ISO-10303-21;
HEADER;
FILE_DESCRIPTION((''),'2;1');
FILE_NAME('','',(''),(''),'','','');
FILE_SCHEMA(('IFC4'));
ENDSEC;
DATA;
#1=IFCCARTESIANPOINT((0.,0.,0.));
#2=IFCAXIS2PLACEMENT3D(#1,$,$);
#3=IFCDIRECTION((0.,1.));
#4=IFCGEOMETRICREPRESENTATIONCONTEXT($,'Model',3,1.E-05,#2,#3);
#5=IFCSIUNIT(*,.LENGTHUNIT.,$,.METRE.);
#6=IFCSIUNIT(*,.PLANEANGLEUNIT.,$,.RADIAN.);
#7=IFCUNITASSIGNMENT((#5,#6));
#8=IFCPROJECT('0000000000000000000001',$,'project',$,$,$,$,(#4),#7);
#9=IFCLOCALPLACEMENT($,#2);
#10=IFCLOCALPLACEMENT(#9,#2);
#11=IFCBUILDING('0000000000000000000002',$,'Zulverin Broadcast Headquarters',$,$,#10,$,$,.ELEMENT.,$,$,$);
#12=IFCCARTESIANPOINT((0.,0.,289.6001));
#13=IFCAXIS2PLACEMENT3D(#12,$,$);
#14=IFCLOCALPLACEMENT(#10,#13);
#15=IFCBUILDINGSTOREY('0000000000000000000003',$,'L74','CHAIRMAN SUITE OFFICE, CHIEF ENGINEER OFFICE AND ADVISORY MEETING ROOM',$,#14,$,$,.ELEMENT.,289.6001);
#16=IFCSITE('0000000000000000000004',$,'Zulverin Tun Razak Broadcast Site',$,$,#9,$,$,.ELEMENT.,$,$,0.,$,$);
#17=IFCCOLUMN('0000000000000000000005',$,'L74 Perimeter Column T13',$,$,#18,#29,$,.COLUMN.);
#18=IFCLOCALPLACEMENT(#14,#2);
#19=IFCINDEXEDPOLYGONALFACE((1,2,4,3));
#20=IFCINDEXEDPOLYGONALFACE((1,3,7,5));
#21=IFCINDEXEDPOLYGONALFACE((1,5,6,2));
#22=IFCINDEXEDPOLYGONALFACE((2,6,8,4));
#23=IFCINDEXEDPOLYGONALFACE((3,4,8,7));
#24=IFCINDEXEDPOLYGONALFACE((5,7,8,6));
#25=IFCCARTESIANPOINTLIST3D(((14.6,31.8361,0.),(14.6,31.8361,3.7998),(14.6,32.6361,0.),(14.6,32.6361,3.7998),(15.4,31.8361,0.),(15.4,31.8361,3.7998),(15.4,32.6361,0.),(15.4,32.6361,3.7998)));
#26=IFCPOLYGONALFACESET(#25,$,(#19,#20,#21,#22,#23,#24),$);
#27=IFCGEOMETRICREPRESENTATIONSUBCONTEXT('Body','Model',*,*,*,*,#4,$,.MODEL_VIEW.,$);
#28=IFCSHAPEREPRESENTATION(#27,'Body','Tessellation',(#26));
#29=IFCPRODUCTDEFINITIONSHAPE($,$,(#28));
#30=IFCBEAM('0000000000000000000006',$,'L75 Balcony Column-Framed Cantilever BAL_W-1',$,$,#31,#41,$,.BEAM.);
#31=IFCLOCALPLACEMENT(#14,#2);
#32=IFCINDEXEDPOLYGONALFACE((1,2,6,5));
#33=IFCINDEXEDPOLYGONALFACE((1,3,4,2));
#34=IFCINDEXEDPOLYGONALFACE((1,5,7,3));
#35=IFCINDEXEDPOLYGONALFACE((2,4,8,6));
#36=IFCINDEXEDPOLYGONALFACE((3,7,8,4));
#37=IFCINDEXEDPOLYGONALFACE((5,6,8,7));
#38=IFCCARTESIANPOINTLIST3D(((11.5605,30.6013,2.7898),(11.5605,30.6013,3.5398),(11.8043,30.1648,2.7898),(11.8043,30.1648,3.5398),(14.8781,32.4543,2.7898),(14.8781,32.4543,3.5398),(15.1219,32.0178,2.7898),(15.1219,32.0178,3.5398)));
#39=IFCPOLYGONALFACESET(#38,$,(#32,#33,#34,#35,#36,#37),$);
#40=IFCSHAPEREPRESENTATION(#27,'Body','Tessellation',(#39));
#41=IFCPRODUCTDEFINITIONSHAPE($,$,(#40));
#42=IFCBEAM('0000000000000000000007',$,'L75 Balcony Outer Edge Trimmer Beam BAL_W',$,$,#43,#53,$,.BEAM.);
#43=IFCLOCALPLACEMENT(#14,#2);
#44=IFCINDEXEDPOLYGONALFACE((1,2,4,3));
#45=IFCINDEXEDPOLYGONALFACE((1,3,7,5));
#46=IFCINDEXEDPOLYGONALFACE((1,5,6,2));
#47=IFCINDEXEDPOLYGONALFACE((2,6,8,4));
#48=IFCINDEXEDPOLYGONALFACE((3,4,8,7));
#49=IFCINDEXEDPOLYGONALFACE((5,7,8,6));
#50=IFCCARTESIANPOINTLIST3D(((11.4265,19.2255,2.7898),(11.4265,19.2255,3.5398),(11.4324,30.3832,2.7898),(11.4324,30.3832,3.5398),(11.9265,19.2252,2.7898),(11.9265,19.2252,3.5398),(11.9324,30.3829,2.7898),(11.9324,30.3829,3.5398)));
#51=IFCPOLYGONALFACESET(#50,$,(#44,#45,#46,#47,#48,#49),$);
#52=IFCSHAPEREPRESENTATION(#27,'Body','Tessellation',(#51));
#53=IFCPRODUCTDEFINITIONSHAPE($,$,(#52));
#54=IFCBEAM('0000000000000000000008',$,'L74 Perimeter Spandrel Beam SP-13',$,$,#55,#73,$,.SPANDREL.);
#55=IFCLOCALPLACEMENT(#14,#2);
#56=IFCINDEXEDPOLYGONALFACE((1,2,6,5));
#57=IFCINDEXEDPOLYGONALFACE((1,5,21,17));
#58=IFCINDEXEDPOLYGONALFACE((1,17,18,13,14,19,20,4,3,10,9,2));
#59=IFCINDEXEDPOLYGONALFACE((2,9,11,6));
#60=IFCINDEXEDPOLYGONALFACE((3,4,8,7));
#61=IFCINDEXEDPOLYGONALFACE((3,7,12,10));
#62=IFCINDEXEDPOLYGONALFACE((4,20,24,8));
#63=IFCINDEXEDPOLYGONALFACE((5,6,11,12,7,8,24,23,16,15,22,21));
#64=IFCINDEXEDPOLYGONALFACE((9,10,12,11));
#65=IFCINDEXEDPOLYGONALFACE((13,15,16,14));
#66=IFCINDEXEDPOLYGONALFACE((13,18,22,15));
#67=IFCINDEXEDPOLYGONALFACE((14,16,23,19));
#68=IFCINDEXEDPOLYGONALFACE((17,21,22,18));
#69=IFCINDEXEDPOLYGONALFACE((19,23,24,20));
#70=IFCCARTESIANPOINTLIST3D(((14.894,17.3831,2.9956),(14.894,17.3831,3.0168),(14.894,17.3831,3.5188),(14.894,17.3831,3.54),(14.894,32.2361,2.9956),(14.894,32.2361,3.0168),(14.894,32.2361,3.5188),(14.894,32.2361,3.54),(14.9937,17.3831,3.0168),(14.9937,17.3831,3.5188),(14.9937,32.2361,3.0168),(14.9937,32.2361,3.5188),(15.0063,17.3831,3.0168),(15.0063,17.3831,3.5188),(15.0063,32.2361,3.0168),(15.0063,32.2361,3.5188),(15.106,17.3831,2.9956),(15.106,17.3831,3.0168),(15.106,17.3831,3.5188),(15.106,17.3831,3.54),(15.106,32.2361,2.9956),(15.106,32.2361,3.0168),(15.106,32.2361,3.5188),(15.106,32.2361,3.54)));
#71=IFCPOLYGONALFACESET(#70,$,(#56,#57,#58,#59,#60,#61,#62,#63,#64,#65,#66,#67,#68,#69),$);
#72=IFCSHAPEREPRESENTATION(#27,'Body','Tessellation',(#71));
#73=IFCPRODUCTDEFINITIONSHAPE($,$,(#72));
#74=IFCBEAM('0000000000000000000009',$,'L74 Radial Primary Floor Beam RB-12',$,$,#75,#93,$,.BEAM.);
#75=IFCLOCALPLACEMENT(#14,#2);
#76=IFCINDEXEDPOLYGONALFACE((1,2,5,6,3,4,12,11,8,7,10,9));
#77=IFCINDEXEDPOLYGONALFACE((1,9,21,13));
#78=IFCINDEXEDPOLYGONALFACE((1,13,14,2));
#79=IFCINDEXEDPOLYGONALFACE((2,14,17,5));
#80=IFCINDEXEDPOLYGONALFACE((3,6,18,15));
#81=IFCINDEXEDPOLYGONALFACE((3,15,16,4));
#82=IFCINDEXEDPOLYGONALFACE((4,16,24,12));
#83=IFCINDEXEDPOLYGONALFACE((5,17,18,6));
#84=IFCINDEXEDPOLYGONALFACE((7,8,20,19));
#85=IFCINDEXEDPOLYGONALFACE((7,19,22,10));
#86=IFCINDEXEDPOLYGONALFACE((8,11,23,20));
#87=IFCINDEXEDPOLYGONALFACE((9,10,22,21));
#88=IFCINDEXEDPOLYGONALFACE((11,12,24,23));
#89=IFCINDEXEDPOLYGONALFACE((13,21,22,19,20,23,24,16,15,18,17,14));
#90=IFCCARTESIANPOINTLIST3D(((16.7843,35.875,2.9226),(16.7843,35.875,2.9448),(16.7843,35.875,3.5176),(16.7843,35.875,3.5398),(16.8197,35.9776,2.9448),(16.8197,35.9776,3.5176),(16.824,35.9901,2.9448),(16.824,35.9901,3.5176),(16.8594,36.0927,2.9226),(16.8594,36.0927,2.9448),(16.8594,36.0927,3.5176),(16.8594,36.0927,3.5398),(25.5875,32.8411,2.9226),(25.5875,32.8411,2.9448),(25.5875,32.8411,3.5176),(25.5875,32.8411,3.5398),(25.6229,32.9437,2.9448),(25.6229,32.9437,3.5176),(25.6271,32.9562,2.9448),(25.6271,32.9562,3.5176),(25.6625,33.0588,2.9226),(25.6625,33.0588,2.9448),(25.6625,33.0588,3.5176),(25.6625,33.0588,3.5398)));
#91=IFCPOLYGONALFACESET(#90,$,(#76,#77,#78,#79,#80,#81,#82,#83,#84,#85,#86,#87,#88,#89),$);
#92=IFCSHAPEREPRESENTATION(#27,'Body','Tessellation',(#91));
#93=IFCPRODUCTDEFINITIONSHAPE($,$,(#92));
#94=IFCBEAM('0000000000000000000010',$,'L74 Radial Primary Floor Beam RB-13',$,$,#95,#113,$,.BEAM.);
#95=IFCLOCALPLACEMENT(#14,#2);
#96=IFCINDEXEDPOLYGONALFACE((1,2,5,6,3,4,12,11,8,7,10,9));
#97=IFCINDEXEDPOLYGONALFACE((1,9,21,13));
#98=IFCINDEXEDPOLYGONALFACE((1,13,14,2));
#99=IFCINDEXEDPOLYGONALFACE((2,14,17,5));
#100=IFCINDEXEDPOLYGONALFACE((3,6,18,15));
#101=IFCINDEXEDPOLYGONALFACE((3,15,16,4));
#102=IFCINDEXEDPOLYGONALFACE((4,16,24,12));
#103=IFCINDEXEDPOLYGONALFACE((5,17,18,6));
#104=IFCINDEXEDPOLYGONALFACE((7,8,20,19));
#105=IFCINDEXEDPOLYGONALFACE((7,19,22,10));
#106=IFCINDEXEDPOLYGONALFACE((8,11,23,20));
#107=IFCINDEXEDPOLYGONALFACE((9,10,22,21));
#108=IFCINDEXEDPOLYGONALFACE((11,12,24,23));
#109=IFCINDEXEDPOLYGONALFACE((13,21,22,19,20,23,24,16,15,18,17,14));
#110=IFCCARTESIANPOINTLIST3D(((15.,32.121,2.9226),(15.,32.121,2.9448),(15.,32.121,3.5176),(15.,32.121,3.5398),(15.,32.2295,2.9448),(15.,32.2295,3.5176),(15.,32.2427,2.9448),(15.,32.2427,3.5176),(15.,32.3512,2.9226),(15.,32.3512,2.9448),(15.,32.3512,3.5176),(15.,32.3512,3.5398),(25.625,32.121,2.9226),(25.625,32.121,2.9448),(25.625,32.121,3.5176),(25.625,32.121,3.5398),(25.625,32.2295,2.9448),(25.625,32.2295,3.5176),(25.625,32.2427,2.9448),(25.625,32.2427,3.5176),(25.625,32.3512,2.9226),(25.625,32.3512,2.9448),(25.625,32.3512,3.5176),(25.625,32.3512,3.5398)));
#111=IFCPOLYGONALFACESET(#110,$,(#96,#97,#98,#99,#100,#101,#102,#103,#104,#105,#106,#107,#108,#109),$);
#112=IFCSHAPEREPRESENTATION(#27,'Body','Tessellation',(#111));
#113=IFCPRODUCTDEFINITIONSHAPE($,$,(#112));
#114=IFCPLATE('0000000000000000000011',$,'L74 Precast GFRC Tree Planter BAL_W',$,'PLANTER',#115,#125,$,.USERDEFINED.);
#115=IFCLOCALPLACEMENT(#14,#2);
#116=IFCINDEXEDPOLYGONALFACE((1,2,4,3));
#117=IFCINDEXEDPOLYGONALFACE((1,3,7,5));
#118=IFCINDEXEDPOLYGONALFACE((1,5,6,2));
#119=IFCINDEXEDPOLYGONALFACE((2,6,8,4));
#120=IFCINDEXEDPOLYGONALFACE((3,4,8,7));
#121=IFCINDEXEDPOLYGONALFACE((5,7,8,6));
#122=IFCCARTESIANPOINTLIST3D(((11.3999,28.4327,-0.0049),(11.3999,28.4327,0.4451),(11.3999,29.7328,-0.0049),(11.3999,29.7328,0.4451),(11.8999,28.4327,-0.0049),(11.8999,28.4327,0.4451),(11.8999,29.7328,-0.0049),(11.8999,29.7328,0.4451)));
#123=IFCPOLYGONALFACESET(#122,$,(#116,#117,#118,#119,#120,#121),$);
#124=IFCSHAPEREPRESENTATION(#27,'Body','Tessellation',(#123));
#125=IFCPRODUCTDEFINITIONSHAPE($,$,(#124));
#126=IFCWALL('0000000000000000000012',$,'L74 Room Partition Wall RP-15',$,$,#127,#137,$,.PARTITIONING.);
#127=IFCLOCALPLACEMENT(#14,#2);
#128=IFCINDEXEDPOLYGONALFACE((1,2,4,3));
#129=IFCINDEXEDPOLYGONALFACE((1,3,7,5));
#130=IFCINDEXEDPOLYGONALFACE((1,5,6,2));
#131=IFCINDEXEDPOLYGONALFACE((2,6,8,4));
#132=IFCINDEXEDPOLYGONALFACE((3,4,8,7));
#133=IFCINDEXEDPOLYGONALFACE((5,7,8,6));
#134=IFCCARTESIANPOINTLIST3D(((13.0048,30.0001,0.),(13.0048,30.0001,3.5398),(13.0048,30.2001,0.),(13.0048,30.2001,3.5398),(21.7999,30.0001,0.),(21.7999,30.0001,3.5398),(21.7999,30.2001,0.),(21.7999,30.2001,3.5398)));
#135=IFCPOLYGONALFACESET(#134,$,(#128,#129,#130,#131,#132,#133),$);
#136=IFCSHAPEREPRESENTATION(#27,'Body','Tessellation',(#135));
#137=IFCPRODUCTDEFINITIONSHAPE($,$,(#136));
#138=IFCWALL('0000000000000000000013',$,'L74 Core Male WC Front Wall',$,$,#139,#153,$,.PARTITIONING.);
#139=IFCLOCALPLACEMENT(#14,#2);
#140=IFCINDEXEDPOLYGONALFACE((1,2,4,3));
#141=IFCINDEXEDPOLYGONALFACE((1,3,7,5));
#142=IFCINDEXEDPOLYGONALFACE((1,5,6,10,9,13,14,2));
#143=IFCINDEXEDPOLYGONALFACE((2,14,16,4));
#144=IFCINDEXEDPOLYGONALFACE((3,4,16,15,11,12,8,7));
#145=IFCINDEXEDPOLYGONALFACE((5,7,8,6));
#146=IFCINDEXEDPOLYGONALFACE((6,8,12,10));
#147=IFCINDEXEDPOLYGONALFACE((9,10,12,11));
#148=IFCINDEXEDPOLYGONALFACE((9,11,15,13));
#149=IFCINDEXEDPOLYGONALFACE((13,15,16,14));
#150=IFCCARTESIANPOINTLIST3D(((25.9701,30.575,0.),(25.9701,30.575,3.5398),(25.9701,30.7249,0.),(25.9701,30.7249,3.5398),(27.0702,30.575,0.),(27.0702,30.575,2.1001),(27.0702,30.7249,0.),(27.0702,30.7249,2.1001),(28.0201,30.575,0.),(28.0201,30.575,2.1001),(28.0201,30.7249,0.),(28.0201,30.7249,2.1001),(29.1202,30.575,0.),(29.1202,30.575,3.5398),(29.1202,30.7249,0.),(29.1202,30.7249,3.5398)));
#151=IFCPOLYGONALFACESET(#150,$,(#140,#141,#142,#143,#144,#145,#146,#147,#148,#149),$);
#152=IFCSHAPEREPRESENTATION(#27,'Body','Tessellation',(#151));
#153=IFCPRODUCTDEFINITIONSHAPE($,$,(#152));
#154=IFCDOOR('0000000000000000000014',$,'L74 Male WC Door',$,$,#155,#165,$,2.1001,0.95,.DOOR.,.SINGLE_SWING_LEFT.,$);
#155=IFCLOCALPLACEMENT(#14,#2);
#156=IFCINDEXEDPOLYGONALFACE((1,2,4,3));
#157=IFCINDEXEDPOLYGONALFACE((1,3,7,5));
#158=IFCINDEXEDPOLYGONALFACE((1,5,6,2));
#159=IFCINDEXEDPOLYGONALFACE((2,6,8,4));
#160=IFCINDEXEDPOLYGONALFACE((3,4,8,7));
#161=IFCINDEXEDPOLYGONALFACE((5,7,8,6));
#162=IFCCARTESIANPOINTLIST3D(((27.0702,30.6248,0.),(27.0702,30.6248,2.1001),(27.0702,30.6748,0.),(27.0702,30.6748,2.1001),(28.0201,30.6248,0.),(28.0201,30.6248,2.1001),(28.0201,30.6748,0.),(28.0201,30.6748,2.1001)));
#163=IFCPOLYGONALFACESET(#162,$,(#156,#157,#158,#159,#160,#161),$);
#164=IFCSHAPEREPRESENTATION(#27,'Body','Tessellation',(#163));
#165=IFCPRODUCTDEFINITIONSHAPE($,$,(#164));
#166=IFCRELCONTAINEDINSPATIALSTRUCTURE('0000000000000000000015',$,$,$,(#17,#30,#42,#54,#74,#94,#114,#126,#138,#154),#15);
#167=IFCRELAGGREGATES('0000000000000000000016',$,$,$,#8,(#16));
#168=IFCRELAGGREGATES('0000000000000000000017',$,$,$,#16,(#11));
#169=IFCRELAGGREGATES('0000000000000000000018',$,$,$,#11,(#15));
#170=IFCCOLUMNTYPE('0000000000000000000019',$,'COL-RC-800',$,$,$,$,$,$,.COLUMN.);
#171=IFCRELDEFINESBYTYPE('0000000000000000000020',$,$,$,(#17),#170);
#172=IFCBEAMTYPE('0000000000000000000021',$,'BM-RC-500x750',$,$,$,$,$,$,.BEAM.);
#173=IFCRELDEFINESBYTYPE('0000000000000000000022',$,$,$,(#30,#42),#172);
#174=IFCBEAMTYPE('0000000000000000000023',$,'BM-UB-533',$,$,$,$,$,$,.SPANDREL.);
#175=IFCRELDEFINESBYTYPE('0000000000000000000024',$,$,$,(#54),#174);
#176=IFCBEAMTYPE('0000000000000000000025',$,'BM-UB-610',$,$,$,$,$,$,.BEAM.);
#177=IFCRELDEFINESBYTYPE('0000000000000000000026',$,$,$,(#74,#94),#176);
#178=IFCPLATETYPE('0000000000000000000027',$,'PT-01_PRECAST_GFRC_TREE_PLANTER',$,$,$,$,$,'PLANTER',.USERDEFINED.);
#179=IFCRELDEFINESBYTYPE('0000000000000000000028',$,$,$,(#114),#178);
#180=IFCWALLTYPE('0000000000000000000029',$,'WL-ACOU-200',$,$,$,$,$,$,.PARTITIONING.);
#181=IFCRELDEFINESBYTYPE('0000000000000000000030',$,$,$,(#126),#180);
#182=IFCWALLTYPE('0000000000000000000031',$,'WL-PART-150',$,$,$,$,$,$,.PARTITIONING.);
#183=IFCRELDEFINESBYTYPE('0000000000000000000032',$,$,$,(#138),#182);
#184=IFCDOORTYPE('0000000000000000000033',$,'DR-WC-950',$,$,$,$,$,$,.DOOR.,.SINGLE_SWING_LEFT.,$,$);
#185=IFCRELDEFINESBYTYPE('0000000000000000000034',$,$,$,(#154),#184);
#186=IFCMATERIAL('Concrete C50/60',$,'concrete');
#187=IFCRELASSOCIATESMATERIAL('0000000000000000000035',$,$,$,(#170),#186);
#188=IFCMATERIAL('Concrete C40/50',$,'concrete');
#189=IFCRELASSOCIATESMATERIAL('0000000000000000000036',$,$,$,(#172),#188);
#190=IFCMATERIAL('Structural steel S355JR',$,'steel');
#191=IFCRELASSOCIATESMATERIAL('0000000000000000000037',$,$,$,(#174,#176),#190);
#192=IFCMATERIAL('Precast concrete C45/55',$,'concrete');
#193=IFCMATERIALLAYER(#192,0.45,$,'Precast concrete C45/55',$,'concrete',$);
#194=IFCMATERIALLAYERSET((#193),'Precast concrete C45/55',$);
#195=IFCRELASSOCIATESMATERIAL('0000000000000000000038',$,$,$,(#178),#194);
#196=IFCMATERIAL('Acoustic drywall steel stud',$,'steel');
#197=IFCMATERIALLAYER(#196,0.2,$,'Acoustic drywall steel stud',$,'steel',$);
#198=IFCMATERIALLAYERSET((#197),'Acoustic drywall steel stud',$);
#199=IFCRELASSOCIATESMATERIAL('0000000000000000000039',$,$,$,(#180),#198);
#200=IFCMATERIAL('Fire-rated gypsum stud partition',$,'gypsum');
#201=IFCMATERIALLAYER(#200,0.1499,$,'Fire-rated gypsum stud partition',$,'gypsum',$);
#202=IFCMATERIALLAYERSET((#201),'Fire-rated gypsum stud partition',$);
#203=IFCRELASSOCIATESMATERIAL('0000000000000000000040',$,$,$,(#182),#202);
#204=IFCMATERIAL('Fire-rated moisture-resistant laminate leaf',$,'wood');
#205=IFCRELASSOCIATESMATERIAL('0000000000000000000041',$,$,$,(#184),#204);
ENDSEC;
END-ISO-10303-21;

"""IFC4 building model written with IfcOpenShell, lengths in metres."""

from ifc_helpers import new_model, si_unit, direction, frame, frame_2d, origin, origin_2d, place, context, subcontext, project, spatial, rectangle, i_section, extrude, material, layer, layer_set, material_profile, profile_set, type_object, element, fill, save


model = new_model("IFC4")

# Units and contexts
model_context = context("Model", 3, precision=1e-05, world=origin(), true_north=direction((0.0, 1.0)))
body_context = subcontext(model_context, "Body", "Model", "MODEL_VIEW")
ifc_project = project(units=[si_unit("LENGTHUNIT", "METRE"), si_unit("PLANEANGLEUNIT", "RADIAN")], contexts=[model_context])

# Site, building, storey
site_placement = place(None, origin())
site = spatial("IfcSite", under=ifc_project, at=site_placement, Name="Zulverin Tun Razak Broadcast Site", CompositionType="ELEMENT", RefElevation=0.0)
building_placement = place(site_placement, origin())
building = spatial("IfcBuilding", under=site, at=building_placement, Name="Zulverin Broadcast Headquarters", CompositionType="ELEMENT")
storey_placement = place(building_placement, frame((0.0, 0.0, 289.6001)))
storey = spatial("IfcBuildingStorey", under=building, at=storey_placement, Name="L74", Description="CHAIRMAN SUITE OFFICE, CHIEF ENGINEER OFFICE AND ADVISORY MEETING ROOM", CompositionType="ELEMENT", Elevation=289.6001)

# Column
ifc_material_1 = material(Name="Concrete C50/60", Category="concrete")
ifc_material_profile_1 = material_profile(ifc_material_1, rectangle(XDim=0.8, YDim=0.8, at=origin_2d()), Name="Concrete C50/60", Category="concrete")
ifc_profile_set_1 = profile_set([ifc_material_profile_1], Name="Concrete C50/60")
column_type = type_object("IfcColumnType", Name="COL-RC-800", PredefinedType="COLUMN", material=ifc_profile_set_1)
column_placement = place(storey_placement, frame((15.0, 32.2361, 0.0), z_axis=(0.0, 0.0, 1.0), x_axis=(1.0, 0.0, 0.0)))
element("IfcColumn", 1, at=column_placement, inside=storey, type_object=column_type, Name="L74 Perimeter Column T13", PredefinedType="COLUMN", context=body_context, shape_type="SweptSolid", body=[
    extrude(rectangle(XDim=0.8, YDim=0.8, at=origin_2d()), origin(), (0.0, 0.0, 1.0), 3.7998),
])

# Beams
ifc_material_2 = material(Name="Concrete C40/50", Category="concrete")
ifc_material_profile_2 = material_profile(ifc_material_2, rectangle(XDim=0.5, YDim=0.75, at=origin_2d()), Name="Concrete C40/50", Category="concrete")
ifc_profile_set_2 = profile_set([ifc_material_profile_2], Name="Concrete C40/50")
beam_type_1 = type_object("IfcBeamType", Name="BM-RC-500x750", PredefinedType="BEAM", material=ifc_profile_set_2)
beam_1_placement = place(storey_placement, frame((15.0, 32.2361, 3.1648), z_axis=(-0.873049, -0.487633, 0.0), x_axis=(0.487633, -0.873049, 0.0)))
element("IfcBeam", 2, at=beam_1_placement, inside=storey, type_object=beam_type_1, Name="L75 Balcony Column-Framed Cantilever BAL_W-1", PredefinedType="BEAM", context=body_context, shape_type="SweptSolid", body=[
    extrude(rectangle(XDim=0.5, YDim=0.75, at=origin_2d()), origin(), (0.0, 0.0, 1.0), 3.8),
])
beam_2_placement = place(storey_placement, frame((11.6824, 30.3831, 3.1648), z_axis=(-0.000525, -1.0, 0.0), x_axis=(1.0, -0.000525, 0.0)))
element("IfcBeam", 3, at=beam_2_placement, inside=storey, type_object=beam_type_1, Name="L75 Balcony Outer Edge Trimmer Beam BAL_W", PredefinedType="BEAM", context=body_context, shape_type="SweptSolid", body=[
    extrude(rectangle(XDim=0.5, YDim=0.75, at=origin_2d()), origin(), (0.0, 0.0, 1.0), 11.1577),
])
ifc_material_3 = material(Name="Structural steel S355JR", Category="steel")
ifc_material_profile_3 = material_profile(ifc_material_3, i_section(OverallWidth=0.2119, OverallDepth=0.5444, WebThickness=0.0127, FlangeThickness=0.0212, at=origin_2d()), Name="Structural steel S355JR", Category="steel")
ifc_profile_set_3 = profile_set([ifc_material_profile_3], Name="Structural steel S355JR")
beam_type_2 = type_object("IfcBeamType", Name="BM-UB-533", PredefinedType="SPANDREL", material=ifc_profile_set_3)
beam_3_placement = place(storey_placement, frame((15.0, 32.2361, 3.2678), z_axis=(0.0, -1.0, 0.0), x_axis=(1.0, 0.0, 0.0)))
element("IfcBeam", 4, at=beam_3_placement, inside=storey, type_object=beam_type_2, Name="L74 Perimeter Spandrel Beam SP-13", PredefinedType="SPANDREL", context=body_context, shape_type="SweptSolid", body=[
    extrude(i_section(OverallWidth=0.2119, OverallDepth=0.5444, WebThickness=0.0127, FlangeThickness=0.0212, at=origin_2d()), origin(), (0.0, 0.0, 1.0), 14.853),
])
ifc_material_profile_4 = material_profile(ifc_material_3, i_section(OverallWidth=0.2302, OverallDepth=0.6172, WebThickness=0.0132, FlangeThickness=0.0222, at=origin_2d()), Name="Structural steel S355JR", Category="steel")
ifc_profile_set_4 = profile_set([ifc_material_profile_4], Name="Structural steel S355JR")
beam_type_3 = type_object("IfcBeamType", Name="BM-UB-610", PredefinedType="BEAM", material=ifc_profile_set_4)
beam_4_placement = place(storey_placement, frame((25.625, 32.95, 3.2312), z_axis=(-0.945428, 0.325831, 0.0), x_axis=(-0.325831, -0.945428, 0.0)))
element("IfcBeam", 5, at=beam_4_placement, inside=storey, type_object=beam_type_3, Name="L74 Radial Primary Floor Beam RB-12", PredefinedType="BEAM", context=body_context, shape_type="SweptSolid", body=[
    extrude(i_section(OverallWidth=0.2302, OverallDepth=0.6172, WebThickness=0.0132, FlangeThickness=0.0222, at=origin_2d()), origin(), (0.0, 0.0, 1.0), 9.3113),
])
beam_5_placement = place(storey_placement, frame((25.625, 32.2361, 3.2312), z_axis=(-1.0, 0.0, 0.0), x_axis=(0.0, -1.0, 0.0)))
element("IfcBeam", 6, at=beam_5_placement, inside=storey, type_object=beam_type_3, Name="L74 Radial Primary Floor Beam RB-13", PredefinedType="BEAM", context=body_context, shape_type="SweptSolid", body=[
    extrude(i_section(OverallWidth=0.2302, OverallDepth=0.6172, WebThickness=0.0132, FlangeThickness=0.0222, at=origin_2d()), origin(), (0.0, 0.0, 1.0), 10.625),
])

# Plate
ifc_material_4 = material(Name="Precast concrete C45/55", Category="concrete")
ifc_layer_1 = layer(ifc_material_4, 0.45, Name="Precast concrete C45/55", Category="concrete")
ifc_layer_set_1 = layer_set([ifc_layer_1], Name="Precast concrete C45/55")
plate_type = type_object("IfcPlateType", Name="PT-01_PRECAST_GFRC_TREE_PLANTER", ElementType="PLANTER", PredefinedType="USERDEFINED", material=ifc_layer_set_1)
plate_placement = place(storey_placement, frame((11.6499, 29.0828, -0.0049), z_axis=(0.0, 0.0, 1.0), x_axis=(0.0, 1.0, 0.0)))
element("IfcPlate", 7, at=plate_placement, inside=storey, type_object=plate_type, Name="L74 Precast GFRC Tree Planter BAL_W", ObjectType="PLANTER", PredefinedType="USERDEFINED", context=body_context, shape_type="SweptSolid", body=[
    extrude(rectangle(XDim=1.3, YDim=0.5, at=origin_2d()), origin(), (0.0, 0.0, 1.0), 0.45),
])

# Wall
ifc_material_5 = material(Name="Acoustic drywall steel stud", Category="steel")
ifc_layer_2 = layer(ifc_material_5, 0.2, Name="Acoustic drywall steel stud", Category="steel")
ifc_layer_set_2 = layer_set([ifc_layer_2], Name="Acoustic drywall steel stud")
wall_type_1 = type_object("IfcWallType", Name="WL-ACOU-200", PredefinedType="PARTITIONING", material=ifc_layer_set_2)
wall_1_placement = place(storey_placement, frame((13.0049, 30.1001, 0.0), z_axis=(0.0, 0.0, 1.0), x_axis=(1.0, 0.0, 0.0)))
element("IfcWall", 8, at=wall_1_placement, inside=storey, type_object=wall_type_1, Name="L74 Room Partition Wall RP-15", PredefinedType="PARTITIONING", context=body_context, shape_type="SweptSolid", body=[
    extrude(rectangle(XDim=8.7952, YDim=0.2, at=frame_2d((4.3975, 0.0))), origin(), (0.0, 0.0, 1.0), 3.5398),
])

# Wall, opening, door
ifc_material_6 = material(Name="Fire-rated gypsum stud partition", Category="gypsum")
ifc_layer_3 = layer(ifc_material_6, 0.1499, Name="Fire-rated gypsum stud partition", Category="gypsum")
ifc_layer_set_3 = layer_set([ifc_layer_3], Name="Fire-rated gypsum stud partition")
wall_type_2 = type_object("IfcWallType", Name="WL-PART-150", PredefinedType="PARTITIONING", material=ifc_layer_set_3)
wall_2_placement = place(storey_placement, frame((25.97, 30.6499, 0.0), z_axis=(0.0, 0.0, 1.0), x_axis=(1.0, 0.0, 0.0)))
wall_2 = element("IfcWall", 9, at=wall_2_placement, inside=storey, type_object=wall_type_2, Name="L74 Core Male WC Front Wall", PredefinedType="PARTITIONING", context=body_context, shape_type="SweptSolid", body=[
    extrude(rectangle(XDim=3.1501, YDim=0.1499, at=frame_2d((1.5752, 0.0))), origin(), (0.0, 0.0, 1.0), 3.5398),
])
opening_1_placement = place(wall_2_placement, frame((1.1001, 0.0, 0.0)))
opening_1 = element("IfcOpeningElement", 10, at=opening_1_placement, cuts=wall_2, PredefinedType="OPENING", context=body_context, shape_type="SweptSolid", body=[
    extrude(rectangle(XDim=0.95, YDim=2.1001, at=frame_2d((0.4751, 1.05))), frame((0.0, 0.085, 0.0), z_axis=(0.0, -1.0, 0.0), x_axis=(1.0, 0.0, 0.0)), (0.0, 0.0, 1.0), 0.1699),
])
ifc_material_7 = material(Name="Fire-rated moisture-resistant laminate leaf", Category="wood")
door_type_1 = type_object("IfcDoorType", Name="DR-WC-950", OperationType="SINGLE_SWING_LEFT", PredefinedType="DOOR", material=ifc_material_7)
door_1_placement = place(opening_1_placement, origin())
door_1 = element("IfcDoor", 11, at=door_1_placement, inside=storey, type_object=door_type_1, Name="L74 Male WC Door", OperationType="SINGLE_SWING_LEFT", OverallHeight=2.1001, OverallWidth=0.95, PredefinedType="DOOR", context=body_context, shape_type="SweptSolid", body=[
    extrude(rectangle(XDim=0.95, YDim=2.1001, at=frame_2d((0.4751, 1.05))), frame((0.0, 0.0249, 0.0), z_axis=(0.0, -1.0, 0.0), x_axis=(1.0, 0.0, 0.0)), (0.0, 0.0, 1.0), 0.05),
])
fill(opening_1, door_1)

save(model, "model.ifc")
